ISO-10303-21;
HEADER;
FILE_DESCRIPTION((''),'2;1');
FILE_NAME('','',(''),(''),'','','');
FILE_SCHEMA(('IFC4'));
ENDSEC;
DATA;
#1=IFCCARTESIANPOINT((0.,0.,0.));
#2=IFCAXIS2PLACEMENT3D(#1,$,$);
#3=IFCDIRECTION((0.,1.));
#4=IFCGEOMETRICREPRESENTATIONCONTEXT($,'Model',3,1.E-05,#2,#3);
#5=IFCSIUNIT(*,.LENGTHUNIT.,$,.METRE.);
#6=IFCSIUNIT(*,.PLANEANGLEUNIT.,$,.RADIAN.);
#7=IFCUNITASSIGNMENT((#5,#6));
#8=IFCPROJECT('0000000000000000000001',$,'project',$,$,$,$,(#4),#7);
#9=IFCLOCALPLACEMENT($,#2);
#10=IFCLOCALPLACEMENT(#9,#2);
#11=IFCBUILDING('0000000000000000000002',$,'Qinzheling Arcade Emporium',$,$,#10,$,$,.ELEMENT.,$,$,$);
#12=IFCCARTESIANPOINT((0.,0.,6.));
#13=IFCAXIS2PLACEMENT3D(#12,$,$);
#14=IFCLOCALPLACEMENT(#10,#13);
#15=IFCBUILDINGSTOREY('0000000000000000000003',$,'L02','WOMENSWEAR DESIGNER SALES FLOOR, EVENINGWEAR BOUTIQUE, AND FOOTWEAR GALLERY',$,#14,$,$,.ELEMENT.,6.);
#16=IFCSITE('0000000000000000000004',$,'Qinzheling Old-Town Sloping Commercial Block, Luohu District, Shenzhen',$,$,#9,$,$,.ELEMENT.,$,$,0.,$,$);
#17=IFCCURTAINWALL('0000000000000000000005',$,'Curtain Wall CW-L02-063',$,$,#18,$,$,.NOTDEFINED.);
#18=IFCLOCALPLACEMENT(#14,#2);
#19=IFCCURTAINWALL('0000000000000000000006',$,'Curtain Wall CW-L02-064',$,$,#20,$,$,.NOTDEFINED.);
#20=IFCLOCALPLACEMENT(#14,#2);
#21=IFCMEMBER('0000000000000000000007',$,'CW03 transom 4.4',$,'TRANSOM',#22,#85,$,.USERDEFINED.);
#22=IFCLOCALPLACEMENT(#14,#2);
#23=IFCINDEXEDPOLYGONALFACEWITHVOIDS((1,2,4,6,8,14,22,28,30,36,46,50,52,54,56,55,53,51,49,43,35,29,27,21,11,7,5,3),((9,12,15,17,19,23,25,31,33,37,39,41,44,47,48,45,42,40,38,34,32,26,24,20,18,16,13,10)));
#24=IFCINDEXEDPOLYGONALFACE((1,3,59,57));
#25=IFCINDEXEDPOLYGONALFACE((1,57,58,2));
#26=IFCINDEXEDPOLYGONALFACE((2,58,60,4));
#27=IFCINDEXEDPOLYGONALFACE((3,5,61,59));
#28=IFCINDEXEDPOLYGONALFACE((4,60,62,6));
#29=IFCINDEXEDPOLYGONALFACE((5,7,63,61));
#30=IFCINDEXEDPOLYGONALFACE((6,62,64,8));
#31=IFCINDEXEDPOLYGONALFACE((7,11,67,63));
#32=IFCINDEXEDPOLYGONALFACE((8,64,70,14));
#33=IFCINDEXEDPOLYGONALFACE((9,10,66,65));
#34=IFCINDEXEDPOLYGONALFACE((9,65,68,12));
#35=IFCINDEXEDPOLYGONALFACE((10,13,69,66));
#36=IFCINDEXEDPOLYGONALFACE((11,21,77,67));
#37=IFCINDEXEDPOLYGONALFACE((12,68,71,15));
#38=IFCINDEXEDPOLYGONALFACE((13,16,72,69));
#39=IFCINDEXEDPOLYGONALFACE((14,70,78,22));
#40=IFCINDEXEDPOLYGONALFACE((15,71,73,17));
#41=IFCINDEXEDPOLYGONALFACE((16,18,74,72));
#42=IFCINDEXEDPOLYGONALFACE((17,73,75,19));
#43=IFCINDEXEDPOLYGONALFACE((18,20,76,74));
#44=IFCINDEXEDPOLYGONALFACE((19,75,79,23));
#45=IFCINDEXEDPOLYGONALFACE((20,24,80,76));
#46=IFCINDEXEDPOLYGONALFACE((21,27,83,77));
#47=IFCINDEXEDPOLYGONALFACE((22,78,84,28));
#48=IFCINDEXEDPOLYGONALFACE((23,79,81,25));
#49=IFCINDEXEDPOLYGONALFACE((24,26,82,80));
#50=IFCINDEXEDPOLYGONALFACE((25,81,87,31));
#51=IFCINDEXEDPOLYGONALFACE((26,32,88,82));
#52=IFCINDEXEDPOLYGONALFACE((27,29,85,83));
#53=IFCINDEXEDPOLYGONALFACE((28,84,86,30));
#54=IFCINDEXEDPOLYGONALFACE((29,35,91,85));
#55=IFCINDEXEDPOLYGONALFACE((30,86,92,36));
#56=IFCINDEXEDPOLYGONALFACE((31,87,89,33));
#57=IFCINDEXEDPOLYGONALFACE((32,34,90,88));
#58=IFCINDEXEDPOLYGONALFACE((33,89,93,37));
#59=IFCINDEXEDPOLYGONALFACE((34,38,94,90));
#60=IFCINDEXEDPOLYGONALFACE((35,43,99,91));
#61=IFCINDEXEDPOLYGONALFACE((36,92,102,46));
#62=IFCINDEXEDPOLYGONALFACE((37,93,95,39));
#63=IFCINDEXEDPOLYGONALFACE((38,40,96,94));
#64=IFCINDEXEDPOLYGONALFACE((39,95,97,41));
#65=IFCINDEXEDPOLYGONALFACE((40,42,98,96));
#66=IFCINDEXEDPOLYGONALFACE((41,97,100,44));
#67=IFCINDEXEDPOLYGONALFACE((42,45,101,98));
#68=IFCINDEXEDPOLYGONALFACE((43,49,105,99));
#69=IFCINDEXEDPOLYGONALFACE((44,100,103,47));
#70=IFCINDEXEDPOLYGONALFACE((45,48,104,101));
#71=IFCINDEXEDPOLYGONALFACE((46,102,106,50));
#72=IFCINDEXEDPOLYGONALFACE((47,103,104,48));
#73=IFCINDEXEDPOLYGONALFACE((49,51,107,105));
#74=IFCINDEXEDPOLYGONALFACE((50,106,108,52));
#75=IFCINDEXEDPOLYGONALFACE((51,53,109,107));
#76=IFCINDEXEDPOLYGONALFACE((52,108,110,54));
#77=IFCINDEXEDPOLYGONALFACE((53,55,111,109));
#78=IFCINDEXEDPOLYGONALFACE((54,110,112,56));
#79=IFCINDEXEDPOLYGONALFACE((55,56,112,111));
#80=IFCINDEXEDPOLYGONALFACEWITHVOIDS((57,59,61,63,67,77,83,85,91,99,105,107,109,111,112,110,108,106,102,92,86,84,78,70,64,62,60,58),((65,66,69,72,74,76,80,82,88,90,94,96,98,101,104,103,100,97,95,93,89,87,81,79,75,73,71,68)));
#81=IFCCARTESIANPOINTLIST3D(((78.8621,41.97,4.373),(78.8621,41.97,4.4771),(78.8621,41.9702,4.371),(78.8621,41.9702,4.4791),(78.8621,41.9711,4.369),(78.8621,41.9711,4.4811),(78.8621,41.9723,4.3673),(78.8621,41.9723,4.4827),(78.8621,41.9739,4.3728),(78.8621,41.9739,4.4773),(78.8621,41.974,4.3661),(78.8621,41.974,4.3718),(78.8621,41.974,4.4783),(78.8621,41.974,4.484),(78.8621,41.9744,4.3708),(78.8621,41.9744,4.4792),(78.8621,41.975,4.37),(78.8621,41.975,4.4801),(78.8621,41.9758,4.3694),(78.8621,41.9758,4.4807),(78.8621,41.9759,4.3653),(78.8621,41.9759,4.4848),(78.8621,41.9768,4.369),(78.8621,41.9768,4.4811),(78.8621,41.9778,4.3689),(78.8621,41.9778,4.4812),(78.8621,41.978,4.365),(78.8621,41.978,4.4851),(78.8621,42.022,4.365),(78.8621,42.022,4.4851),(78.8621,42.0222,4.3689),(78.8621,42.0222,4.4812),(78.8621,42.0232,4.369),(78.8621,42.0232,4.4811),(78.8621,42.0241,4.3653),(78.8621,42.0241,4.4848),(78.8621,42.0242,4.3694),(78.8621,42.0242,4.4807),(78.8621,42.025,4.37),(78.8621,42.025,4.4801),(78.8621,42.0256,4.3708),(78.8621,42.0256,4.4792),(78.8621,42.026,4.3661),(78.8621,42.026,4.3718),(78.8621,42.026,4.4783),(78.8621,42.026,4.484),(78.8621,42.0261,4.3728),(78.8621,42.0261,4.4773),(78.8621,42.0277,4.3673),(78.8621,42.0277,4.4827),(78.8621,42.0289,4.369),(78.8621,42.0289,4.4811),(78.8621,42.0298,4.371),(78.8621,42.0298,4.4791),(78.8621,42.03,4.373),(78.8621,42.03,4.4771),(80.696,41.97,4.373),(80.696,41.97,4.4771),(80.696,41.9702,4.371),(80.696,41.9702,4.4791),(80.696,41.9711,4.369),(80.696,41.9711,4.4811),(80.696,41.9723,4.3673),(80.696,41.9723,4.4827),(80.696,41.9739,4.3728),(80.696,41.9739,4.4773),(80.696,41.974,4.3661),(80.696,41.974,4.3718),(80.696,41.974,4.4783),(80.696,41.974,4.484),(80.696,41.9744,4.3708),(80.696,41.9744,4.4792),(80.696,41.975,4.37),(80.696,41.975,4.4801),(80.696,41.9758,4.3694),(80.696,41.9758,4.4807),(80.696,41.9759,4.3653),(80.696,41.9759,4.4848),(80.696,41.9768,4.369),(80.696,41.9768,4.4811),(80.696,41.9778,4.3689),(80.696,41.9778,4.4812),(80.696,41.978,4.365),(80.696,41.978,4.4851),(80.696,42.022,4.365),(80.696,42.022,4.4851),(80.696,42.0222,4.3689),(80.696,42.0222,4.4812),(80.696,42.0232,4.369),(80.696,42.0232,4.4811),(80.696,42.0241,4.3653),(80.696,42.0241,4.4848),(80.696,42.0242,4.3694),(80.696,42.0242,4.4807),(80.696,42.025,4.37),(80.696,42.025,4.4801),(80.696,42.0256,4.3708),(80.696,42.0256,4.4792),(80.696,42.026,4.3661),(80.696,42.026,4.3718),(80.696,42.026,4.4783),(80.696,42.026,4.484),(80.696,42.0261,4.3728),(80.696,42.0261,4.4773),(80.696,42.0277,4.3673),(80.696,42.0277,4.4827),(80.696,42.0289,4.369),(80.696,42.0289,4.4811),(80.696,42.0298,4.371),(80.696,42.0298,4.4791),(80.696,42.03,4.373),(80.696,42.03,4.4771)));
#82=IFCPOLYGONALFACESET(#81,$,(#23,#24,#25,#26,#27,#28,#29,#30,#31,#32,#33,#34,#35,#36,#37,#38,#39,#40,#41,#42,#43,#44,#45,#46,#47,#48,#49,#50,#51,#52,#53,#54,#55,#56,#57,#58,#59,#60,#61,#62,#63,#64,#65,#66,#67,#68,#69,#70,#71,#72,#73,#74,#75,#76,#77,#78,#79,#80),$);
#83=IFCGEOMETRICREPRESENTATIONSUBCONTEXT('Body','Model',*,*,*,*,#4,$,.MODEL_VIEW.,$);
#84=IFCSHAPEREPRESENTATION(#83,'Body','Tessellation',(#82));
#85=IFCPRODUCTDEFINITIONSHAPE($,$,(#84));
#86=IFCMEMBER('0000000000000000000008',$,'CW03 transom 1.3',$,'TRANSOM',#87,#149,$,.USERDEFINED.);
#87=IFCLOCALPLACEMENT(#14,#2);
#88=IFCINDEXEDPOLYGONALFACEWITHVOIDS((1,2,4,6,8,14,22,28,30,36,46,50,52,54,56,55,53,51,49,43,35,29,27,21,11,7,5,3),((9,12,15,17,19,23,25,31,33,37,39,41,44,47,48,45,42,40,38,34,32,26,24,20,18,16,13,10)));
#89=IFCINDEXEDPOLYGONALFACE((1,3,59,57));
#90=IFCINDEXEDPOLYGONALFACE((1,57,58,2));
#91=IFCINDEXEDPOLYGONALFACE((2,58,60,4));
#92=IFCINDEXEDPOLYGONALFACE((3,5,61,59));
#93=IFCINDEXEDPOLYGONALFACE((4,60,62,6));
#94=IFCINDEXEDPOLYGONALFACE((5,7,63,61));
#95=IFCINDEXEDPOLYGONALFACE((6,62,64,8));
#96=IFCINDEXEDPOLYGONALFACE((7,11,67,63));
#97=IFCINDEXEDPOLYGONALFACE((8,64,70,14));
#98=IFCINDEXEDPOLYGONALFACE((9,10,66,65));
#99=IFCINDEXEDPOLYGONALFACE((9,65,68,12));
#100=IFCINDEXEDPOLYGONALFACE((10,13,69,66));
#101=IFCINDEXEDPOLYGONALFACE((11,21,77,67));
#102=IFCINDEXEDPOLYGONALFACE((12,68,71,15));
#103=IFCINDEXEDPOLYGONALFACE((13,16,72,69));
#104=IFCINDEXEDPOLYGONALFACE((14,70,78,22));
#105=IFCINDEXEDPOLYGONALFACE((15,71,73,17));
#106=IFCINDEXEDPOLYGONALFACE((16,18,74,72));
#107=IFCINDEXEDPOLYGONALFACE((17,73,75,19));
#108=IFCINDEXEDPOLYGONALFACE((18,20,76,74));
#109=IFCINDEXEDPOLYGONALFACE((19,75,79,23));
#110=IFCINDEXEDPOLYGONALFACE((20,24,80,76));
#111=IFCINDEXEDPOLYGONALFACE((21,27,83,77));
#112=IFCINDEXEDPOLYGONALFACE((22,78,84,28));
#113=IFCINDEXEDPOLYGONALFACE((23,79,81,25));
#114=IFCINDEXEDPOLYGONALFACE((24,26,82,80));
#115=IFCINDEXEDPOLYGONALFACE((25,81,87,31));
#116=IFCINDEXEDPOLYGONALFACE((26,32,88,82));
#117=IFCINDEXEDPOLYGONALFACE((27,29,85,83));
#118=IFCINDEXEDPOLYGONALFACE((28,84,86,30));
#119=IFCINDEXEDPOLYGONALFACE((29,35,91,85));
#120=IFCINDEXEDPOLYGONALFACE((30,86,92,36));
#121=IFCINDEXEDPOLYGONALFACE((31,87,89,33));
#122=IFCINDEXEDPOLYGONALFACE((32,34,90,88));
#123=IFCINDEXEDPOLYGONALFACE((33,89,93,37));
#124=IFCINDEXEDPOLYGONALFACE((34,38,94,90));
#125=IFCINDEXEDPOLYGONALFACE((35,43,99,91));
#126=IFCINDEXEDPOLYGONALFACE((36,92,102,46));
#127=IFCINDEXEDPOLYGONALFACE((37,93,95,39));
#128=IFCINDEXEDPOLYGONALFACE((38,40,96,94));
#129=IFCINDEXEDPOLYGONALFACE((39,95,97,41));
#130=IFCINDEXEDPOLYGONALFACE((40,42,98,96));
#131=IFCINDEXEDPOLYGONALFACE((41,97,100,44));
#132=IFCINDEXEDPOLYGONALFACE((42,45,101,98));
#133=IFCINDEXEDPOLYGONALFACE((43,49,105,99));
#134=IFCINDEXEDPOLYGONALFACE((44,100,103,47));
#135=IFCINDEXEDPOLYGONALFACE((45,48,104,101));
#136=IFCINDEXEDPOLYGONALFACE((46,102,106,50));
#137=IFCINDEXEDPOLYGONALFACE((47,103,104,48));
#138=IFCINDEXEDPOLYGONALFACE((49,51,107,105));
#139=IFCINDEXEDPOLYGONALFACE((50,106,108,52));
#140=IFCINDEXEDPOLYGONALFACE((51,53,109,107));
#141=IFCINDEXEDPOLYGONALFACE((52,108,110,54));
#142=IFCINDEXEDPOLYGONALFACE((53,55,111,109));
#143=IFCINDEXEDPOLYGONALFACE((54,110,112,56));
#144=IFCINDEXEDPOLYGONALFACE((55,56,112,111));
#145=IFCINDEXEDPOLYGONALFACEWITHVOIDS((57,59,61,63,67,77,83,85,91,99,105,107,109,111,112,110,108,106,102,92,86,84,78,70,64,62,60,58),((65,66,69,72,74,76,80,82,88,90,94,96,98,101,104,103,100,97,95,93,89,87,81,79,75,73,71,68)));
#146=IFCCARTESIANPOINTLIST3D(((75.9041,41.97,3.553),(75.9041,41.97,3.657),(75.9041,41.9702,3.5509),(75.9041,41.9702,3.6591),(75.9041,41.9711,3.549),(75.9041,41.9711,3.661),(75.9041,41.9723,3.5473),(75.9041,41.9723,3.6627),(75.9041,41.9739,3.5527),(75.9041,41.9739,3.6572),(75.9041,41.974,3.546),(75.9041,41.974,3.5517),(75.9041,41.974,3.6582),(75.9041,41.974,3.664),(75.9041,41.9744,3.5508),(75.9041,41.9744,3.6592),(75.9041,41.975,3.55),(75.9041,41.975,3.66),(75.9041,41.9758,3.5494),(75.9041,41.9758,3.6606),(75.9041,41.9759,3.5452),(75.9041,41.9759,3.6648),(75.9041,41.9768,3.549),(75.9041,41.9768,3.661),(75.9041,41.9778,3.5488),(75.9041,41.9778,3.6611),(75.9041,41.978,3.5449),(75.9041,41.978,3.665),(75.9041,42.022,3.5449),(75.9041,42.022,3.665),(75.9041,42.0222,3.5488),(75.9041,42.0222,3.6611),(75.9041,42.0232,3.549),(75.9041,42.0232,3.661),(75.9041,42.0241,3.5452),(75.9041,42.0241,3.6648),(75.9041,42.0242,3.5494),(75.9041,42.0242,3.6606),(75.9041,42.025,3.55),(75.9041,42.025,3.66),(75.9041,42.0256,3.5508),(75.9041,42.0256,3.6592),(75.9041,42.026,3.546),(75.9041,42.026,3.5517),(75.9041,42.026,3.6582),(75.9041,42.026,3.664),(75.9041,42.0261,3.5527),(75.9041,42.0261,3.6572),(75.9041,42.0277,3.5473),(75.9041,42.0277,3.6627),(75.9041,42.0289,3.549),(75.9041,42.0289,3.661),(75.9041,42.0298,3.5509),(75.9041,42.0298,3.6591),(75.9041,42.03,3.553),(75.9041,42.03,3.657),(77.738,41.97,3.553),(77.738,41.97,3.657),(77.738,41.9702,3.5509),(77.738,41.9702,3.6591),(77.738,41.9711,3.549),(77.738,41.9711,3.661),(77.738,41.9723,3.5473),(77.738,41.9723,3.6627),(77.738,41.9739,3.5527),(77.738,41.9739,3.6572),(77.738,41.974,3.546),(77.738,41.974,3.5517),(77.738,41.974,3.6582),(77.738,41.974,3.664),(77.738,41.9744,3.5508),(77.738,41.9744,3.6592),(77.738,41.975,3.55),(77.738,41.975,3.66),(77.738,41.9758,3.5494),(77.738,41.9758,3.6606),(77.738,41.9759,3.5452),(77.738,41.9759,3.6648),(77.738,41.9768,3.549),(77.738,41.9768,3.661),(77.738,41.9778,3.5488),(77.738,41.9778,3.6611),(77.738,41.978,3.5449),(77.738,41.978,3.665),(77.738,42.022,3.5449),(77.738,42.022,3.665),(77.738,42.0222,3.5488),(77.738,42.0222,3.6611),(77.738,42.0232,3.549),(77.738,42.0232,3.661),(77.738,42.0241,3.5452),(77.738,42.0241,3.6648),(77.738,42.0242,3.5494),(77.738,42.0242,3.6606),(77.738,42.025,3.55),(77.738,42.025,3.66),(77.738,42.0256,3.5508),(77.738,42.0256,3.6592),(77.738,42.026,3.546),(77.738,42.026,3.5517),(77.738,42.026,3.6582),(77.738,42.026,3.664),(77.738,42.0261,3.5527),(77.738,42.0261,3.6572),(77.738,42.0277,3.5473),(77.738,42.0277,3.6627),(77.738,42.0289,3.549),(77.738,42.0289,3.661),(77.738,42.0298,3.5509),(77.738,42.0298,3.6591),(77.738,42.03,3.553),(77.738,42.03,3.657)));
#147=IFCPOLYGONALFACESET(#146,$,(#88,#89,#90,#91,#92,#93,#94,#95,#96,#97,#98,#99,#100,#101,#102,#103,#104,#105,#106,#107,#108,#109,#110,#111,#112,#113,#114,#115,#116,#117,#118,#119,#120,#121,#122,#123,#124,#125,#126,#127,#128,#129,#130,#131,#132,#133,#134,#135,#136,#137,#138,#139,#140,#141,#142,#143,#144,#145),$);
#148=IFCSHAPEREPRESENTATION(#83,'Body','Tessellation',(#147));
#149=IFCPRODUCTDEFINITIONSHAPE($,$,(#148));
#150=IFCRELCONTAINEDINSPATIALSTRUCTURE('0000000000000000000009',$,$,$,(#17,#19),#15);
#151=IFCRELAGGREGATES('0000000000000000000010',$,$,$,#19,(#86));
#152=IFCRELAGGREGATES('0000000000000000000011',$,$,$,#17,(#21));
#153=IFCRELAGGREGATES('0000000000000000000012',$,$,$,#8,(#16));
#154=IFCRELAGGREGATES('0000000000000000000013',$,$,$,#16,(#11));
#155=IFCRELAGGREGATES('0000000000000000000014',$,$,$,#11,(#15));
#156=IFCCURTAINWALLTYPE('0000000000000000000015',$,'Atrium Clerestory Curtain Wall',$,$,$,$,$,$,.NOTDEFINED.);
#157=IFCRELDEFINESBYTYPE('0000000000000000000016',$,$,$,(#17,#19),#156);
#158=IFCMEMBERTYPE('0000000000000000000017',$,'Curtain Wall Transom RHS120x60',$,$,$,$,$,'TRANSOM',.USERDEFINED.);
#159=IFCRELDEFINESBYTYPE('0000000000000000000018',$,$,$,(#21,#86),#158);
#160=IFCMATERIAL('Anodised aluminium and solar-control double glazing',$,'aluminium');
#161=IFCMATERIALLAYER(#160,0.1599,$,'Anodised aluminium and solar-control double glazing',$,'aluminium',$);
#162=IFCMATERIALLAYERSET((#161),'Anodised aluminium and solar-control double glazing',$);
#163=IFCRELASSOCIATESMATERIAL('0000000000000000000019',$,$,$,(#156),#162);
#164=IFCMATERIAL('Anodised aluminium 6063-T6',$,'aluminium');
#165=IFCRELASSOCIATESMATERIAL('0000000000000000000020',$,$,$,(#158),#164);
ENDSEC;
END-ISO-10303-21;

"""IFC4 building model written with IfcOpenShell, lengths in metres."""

from ifc_helpers import new_model, si_unit, direction, frame, origin, origin_2d, place, context, subcontext, project, spatial, hollow_rectangle, extrude, material, layer, layer_set, material_profile, profile_set, type_object, element, aggregate, save


model = new_model("IFC4")

# Units and contexts
model_context = context("Model", 3, precision=1e-05, world=origin(), true_north=direction((0.0, 1.0)))
body_context = subcontext(model_context, "Body", "Model", "MODEL_VIEW")
ifc_project = project(units=[si_unit("LENGTHUNIT", "METRE"), si_unit("PLANEANGLEUNIT", "RADIAN")], contexts=[model_context])

# Site, building, storey
site_placement = place(None, origin())
site = spatial("IfcSite", under=ifc_project, at=site_placement, Name="Qinzheling Old-Town Sloping Commercial Block, Luohu District, Shenzhen", CompositionType="ELEMENT", RefElevation=0.0)
building_placement = place(site_placement, origin())
building = spatial("IfcBuilding", under=site, at=building_placement, Name="Qinzheling Arcade Emporium", CompositionType="ELEMENT")
storey_placement = place(building_placement, frame((0.0, 0.0, 6.0)))
storey = spatial("IfcBuildingStorey", under=building, at=storey_placement, Name="L02", Description="WOMENSWEAR DESIGNER SALES FLOOR, EVENINGWEAR BOUTIQUE, AND FOOTWEAR GALLERY", CompositionType="ELEMENT", Elevation=6.0)

# Curtain wall
ifc_material_1 = material(Name="Anodised aluminium and solar-control double glazing", Category="aluminium")
ifc_layer_1 = layer(ifc_material_1, 0.1599, Name="Anodised aluminium and solar-control double glazing", Category="aluminium")
ifc_layer_set_1 = layer_set([ifc_layer_1], Name="Anodised aluminium and solar-control double glazing")
curtain_wall_type = type_object("IfcCurtainWallType", Name="Atrium Clerestory Curtain Wall", PredefinedType="NOTDEFINED", material=ifc_layer_set_1)
curtain_wall_1_placement = place(storey_placement, origin())
curtain_wall_1 = element("IfcCurtainWall", 1, at=curtain_wall_1_placement, inside=storey, type_object=curtain_wall_type, Name="Curtain Wall CW-L02-063", PredefinedType="NOTDEFINED")
ifc_material_2 = material(Name="Anodised aluminium 6063-T6", Category="aluminium")

# Curtain wall
curtain_wall_2_placement = place(storey_placement, origin())
curtain_wall_2 = element("IfcCurtainWall", 2, at=curtain_wall_2_placement, inside=storey, type_object=curtain_wall_type, Name="Curtain Wall CW-L02-064", PredefinedType="NOTDEFINED")

# Members
ifc_material_profile_1 = material_profile(ifc_material_2, hollow_rectangle(XDim=0.0601, YDim=0.1201, WallThickness=0.0039, InnerFilletRadius=0.0039, OuterFilletRadius=0.0081, at=origin_2d()), Name="RHS 120x60x4", Category="aluminium")
ifc_profile_set_1 = profile_set([ifc_material_profile_1], Name="Anodised aluminium 6063-T6")
member_type_1 = type_object("IfcMemberType", Name="Curtain Wall Transom RHS120x60", ElementType="TRANSOM", PredefinedType="USERDEFINED", material=ifc_profile_set_1)
member_1_placement = place(storey_placement, frame((80.696, 42.0, 4.425), z_axis=(-1.0, 0.0, 0.0), x_axis=(0.0, -1.0, 0.0)))
member_1 = element("IfcMember", 3, at=member_1_placement, type_object=member_type_1, Name="CW03 transom 4.4", ObjectType="TRANSOM", PredefinedType="USERDEFINED", context=body_context, shape_type="SweptSolid", body=[
    extrude(hollow_rectangle(XDim=0.0601, YDim=0.1201, WallThickness=0.0039, InnerFilletRadius=0.0039, OuterFilletRadius=0.0081, at=origin_2d()), origin(), (0.0, 0.0, 1.0), 1.834),
])
member_2_placement = place(storey_placement, frame((77.738, 42.0, 3.605), z_axis=(-1.0, 0.0, 0.0), x_axis=(0.0, -1.0, 0.0)))
member_2 = element("IfcMember", 4, at=member_2_placement, type_object=member_type_1, Name="CW03 transom 1.3", ObjectType="TRANSOM", PredefinedType="USERDEFINED", context=body_context, shape_type="SweptSolid", body=[
    extrude(hollow_rectangle(XDim=0.0601, YDim=0.1201, WallThickness=0.0039, InnerFilletRadius=0.0039, OuterFilletRadius=0.0081, at=origin_2d()), origin(), (0.0, 0.0, 1.0), 1.834),
])
aggregate(curtain_wall_2, [member_2])

aggregate(curtain_wall_1, [member_1])

save(model, "model.ifc")
